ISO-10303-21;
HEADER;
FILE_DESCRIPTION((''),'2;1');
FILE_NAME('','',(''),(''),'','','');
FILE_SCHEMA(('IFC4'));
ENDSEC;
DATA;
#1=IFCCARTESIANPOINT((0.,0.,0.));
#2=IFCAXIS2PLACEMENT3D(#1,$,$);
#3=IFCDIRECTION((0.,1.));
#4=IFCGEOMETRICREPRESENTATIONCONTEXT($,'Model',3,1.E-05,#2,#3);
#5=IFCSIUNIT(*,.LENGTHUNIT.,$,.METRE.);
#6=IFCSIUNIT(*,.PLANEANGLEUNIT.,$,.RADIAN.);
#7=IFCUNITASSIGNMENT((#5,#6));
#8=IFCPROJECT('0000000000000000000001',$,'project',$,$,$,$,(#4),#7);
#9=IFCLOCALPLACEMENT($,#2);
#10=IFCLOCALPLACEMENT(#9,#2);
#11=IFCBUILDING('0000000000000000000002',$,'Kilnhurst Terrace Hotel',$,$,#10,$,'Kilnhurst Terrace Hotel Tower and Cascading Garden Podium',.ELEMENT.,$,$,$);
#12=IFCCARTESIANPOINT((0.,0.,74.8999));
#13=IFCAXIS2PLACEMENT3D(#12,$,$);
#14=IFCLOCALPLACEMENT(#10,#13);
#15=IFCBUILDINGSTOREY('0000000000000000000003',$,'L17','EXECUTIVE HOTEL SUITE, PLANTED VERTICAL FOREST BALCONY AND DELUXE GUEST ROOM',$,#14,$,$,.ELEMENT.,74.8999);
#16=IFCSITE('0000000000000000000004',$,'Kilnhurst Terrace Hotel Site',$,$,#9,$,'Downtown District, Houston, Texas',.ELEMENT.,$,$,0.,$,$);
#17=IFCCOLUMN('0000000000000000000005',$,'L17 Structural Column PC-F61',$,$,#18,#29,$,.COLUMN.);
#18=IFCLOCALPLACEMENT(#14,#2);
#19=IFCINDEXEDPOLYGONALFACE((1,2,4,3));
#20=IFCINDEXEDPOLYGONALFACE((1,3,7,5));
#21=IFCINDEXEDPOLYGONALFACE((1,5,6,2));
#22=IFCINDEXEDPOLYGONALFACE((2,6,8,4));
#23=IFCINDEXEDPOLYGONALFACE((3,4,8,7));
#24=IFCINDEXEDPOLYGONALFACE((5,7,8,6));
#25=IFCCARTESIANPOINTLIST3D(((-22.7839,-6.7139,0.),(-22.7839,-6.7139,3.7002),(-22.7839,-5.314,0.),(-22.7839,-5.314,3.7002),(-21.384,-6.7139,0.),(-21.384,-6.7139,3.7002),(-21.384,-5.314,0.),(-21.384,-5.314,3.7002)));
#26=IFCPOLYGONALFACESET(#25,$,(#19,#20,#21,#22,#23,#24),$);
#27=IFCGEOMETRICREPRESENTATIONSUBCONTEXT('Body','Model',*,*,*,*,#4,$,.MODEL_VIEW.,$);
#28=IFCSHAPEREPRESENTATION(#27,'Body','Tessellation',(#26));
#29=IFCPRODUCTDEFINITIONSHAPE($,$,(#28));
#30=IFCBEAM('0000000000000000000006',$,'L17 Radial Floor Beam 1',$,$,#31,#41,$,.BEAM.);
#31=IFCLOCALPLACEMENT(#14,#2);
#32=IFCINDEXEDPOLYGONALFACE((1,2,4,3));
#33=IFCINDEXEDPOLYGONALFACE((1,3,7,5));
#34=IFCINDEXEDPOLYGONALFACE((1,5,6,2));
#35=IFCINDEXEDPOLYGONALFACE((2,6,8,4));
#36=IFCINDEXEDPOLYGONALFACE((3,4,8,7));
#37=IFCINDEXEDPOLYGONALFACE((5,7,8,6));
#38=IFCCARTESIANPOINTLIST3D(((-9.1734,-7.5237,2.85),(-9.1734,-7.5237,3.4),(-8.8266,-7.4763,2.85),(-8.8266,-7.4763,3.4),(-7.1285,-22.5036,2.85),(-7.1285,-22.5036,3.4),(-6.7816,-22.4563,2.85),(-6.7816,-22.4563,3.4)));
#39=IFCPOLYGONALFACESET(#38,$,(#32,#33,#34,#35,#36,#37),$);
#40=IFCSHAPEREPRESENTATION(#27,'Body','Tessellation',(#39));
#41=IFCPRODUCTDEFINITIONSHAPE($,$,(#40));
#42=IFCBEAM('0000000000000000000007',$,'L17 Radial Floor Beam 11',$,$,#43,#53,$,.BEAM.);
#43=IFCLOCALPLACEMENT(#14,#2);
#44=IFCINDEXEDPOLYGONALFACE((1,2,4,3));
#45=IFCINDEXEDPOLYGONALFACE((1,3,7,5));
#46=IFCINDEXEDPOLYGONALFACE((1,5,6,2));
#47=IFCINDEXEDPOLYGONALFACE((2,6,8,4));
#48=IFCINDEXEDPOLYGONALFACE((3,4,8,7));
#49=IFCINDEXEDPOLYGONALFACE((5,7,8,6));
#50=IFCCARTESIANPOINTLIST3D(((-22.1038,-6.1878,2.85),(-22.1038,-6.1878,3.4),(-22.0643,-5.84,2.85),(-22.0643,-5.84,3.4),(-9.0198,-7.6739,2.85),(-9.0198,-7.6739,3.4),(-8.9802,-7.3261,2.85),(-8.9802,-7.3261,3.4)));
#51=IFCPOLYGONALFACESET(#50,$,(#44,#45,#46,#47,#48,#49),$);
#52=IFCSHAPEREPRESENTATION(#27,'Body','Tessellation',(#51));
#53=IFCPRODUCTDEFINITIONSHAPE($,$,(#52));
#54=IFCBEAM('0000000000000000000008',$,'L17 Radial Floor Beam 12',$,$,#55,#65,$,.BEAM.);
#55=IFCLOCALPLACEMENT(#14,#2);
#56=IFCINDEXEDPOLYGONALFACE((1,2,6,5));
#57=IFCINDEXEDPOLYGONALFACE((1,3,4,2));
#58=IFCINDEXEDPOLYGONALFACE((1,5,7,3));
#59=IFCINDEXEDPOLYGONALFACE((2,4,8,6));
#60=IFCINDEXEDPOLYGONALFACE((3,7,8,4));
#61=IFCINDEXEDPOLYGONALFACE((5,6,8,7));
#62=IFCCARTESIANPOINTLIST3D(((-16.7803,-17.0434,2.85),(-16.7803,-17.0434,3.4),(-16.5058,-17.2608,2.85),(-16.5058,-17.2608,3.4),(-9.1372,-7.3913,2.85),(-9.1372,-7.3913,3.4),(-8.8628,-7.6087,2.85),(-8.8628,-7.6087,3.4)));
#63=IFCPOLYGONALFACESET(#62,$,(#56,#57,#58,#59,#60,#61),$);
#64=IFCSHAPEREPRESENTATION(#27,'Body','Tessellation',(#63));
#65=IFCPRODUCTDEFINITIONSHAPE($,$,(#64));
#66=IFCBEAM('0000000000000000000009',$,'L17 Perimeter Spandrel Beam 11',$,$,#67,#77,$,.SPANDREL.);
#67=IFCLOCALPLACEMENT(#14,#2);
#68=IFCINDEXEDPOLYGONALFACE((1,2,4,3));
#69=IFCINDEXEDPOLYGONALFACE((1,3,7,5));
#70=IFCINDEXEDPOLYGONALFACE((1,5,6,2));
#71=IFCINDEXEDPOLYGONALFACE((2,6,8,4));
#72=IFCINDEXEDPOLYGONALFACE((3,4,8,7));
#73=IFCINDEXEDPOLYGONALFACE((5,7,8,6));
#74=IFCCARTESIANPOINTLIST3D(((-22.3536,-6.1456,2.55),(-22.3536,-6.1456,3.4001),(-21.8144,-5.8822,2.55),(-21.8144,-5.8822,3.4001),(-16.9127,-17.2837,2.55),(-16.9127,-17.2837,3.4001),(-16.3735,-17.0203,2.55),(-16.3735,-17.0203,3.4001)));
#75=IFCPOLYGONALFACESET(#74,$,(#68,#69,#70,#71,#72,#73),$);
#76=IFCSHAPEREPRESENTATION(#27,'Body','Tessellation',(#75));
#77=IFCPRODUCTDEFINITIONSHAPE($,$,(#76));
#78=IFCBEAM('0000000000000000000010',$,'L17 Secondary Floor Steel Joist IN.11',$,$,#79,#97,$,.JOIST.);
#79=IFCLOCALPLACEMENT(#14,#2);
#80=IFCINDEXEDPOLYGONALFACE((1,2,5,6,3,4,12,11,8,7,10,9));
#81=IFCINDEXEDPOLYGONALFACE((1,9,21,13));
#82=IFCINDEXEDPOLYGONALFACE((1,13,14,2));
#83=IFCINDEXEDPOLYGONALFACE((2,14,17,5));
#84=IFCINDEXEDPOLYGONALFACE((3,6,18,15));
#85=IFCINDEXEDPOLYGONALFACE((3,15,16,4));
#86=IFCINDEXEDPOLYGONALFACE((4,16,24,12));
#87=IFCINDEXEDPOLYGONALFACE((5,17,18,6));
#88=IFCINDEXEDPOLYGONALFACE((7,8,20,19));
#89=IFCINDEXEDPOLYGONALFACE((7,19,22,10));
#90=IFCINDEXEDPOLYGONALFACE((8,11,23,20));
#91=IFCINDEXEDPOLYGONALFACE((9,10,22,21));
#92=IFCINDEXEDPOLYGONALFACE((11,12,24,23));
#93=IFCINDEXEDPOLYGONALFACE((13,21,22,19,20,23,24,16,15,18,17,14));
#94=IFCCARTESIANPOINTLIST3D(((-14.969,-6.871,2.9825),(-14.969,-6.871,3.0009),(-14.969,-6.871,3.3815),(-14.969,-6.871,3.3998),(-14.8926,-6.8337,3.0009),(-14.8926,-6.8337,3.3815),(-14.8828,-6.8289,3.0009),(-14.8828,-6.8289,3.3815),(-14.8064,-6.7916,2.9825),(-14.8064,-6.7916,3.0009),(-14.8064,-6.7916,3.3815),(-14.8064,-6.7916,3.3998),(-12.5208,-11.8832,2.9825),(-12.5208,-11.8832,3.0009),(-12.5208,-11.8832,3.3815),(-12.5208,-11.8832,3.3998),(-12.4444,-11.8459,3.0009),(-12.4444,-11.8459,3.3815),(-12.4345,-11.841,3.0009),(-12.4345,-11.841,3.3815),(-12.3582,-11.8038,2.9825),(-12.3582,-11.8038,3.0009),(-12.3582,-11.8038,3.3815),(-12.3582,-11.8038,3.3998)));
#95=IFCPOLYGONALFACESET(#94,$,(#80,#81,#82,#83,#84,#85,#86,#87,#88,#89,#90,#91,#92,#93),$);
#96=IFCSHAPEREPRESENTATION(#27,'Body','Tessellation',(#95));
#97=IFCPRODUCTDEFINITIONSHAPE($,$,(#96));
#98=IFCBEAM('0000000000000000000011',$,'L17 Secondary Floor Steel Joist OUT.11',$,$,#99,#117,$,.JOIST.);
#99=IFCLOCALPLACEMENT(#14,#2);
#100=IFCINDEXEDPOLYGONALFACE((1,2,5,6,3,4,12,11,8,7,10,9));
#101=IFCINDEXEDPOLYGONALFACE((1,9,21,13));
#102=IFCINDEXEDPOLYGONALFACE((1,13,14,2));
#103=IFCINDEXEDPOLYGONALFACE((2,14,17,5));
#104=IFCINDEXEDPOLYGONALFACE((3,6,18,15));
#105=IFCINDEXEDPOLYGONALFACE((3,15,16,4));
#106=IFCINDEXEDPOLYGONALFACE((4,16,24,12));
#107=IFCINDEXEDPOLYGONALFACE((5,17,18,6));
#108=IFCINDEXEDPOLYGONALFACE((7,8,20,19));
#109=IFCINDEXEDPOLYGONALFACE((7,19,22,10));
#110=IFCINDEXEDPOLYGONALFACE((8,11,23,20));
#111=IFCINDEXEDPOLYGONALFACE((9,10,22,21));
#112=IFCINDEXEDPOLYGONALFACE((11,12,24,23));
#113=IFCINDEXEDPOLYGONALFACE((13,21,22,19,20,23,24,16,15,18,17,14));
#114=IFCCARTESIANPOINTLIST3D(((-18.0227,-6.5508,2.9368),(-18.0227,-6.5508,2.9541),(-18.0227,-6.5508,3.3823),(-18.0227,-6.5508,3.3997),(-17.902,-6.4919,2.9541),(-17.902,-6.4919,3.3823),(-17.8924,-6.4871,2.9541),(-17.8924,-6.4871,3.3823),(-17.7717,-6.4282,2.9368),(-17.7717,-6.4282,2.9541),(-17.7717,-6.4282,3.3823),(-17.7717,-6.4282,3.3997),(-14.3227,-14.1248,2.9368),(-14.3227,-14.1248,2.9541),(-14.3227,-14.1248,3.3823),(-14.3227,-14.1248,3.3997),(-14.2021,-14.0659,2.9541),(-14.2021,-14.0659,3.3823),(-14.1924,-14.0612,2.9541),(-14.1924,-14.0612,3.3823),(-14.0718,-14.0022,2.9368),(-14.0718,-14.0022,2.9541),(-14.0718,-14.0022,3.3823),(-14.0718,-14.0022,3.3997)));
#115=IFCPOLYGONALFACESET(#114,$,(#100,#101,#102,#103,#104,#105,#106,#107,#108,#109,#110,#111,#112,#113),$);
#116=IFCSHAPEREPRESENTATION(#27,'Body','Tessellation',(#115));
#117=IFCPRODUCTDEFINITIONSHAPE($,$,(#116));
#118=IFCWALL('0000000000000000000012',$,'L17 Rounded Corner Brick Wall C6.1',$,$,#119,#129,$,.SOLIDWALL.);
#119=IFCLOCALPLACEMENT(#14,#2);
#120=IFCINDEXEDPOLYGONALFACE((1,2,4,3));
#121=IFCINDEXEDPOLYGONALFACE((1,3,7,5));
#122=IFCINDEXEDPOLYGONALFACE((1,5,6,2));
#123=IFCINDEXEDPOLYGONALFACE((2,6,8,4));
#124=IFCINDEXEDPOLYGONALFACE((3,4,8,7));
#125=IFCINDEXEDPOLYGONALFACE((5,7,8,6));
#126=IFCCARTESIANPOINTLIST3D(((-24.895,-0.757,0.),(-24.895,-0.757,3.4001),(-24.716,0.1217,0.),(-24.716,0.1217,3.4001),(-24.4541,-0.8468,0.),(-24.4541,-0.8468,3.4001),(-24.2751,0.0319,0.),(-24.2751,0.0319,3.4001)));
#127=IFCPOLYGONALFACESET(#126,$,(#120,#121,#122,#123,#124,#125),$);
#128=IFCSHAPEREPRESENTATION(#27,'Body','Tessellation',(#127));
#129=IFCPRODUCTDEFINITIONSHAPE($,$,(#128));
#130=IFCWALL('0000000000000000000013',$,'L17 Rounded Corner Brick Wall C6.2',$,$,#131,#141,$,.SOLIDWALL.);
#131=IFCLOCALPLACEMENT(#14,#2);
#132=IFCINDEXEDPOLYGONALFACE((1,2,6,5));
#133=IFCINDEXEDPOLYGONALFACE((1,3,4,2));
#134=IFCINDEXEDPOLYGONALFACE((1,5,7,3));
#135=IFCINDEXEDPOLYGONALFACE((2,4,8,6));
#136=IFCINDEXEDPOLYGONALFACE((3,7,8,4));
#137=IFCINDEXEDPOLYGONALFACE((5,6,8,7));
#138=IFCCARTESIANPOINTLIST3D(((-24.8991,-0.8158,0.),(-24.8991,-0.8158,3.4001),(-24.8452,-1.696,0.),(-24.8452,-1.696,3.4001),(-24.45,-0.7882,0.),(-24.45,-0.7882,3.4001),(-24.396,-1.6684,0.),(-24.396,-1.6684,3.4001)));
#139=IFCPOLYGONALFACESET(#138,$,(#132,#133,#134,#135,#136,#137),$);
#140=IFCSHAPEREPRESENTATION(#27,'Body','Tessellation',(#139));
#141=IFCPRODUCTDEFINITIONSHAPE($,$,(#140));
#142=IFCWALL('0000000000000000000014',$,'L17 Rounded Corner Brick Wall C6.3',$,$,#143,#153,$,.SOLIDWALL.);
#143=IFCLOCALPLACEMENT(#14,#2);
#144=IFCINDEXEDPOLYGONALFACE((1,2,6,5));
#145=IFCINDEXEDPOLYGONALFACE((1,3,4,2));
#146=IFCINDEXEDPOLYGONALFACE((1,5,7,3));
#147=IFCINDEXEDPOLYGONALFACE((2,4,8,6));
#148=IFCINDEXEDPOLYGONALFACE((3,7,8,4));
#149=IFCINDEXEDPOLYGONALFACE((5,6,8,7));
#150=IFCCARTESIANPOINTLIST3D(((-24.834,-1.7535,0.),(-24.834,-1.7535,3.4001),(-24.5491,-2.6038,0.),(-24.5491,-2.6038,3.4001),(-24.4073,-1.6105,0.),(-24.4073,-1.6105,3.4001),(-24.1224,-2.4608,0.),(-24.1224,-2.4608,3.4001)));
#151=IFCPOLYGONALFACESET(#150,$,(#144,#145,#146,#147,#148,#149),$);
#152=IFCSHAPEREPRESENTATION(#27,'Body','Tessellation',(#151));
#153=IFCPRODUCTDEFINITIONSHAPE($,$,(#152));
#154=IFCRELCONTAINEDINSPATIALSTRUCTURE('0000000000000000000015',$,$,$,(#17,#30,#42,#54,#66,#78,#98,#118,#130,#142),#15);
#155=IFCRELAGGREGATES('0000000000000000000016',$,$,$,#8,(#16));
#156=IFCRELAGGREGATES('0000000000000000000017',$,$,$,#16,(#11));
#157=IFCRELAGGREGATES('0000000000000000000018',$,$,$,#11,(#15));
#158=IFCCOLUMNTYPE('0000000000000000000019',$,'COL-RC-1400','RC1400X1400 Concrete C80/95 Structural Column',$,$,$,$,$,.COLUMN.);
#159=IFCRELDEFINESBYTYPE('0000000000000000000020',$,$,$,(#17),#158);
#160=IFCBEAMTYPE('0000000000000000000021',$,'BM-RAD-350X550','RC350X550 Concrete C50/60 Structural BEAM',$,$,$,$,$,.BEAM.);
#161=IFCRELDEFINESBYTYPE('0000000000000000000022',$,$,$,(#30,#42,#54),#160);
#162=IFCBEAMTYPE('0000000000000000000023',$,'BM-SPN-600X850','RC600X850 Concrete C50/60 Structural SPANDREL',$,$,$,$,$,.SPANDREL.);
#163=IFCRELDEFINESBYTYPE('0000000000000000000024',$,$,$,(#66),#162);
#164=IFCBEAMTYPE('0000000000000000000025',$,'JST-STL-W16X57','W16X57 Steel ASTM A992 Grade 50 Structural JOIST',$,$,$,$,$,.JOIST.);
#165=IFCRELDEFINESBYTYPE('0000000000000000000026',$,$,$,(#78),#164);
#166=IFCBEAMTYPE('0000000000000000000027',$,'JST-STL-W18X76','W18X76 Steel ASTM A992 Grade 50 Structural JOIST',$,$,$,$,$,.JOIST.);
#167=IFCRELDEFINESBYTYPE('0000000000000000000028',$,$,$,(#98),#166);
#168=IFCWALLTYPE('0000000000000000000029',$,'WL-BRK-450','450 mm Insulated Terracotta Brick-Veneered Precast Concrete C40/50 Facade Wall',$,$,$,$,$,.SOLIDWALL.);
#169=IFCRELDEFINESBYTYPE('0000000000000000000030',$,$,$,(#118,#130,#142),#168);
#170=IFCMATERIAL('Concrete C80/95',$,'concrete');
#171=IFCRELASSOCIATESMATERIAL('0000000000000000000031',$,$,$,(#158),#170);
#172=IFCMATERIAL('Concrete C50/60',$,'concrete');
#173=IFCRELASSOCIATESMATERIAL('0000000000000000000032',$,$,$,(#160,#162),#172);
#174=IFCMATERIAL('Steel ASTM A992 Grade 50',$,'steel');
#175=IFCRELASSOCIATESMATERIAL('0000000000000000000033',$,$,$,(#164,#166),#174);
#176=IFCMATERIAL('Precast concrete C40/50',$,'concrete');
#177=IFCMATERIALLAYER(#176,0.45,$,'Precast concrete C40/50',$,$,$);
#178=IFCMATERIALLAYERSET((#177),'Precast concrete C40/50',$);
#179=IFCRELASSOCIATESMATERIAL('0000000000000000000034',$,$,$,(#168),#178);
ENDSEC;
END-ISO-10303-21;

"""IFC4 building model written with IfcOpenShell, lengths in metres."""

from ifc_helpers import new_model, si_unit, direction, frame, frame_2d, origin, origin_2d, place, context, subcontext, project, spatial, rectangle, i_section, extrude, material, layer, layer_set, material_profile, profile_set, type_object, element, save


model = new_model("IFC4")

# Units and contexts
model_context = context("Model", 3, precision=1e-05, world=origin(), true_north=direction((0.0, 1.0)))
body_context = subcontext(model_context, "Body", "Model", "MODEL_VIEW")
ifc_project = project(units=[si_unit("LENGTHUNIT", "METRE"), si_unit("PLANEANGLEUNIT", "RADIAN")], contexts=[model_context])

# Site, building, storey
site_placement = place(None, origin())
site = spatial("IfcSite", under=ifc_project, at=site_placement, Name="Kilnhurst Terrace Hotel Site", LongName="Downtown District, Houston, Texas", CompositionType="ELEMENT", RefElevation=0.0)
building_placement = place(site_placement, origin())
building = spatial("IfcBuilding", under=site, at=building_placement, Name="Kilnhurst Terrace Hotel", LongName="Kilnhurst Terrace Hotel Tower and Cascading Garden Podium", CompositionType="ELEMENT")
storey_placement = place(building_placement, frame((0.0, 0.0, 74.8999)))
storey = spatial("IfcBuildingStorey", under=building, at=storey_placement, Name="L17", Description="EXECUTIVE HOTEL SUITE, PLANTED VERTICAL FOREST BALCONY AND DELUXE GUEST ROOM", CompositionType="ELEMENT", Elevation=74.8999)

# Column
ifc_material_1 = material(Name="Concrete C80/95", Category="concrete")
ifc_material_profile_1 = material_profile(ifc_material_1, rectangle(XDim=1.3999, YDim=1.3999, at=origin_2d()), Name="RC1400X1400")
ifc_profile_set_1 = profile_set([ifc_material_profile_1], Name="Concrete C80/95")
column_type = type_object("IfcColumnType", Name="COL-RC-1400", Description="RC1400X1400 Concrete C80/95 Structural Column", PredefinedType="COLUMN", material=ifc_profile_set_1)
column_placement = place(storey_placement, frame((-22.084, -6.0139, 0.0), z_axis=(0.0, 0.0, 1.0), x_axis=(1.0, 0.0, 0.0)))
element("IfcColumn", 1, at=column_placement, inside=storey, type_object=column_type, Name="L17 Structural Column PC-F61", PredefinedType="COLUMN", context=body_context, shape_type="SweptSolid", body=[
    extrude(rectangle(XDim=1.3999, YDim=1.3999, at=origin_2d()), origin(), (0.0, 0.0, 1.0), 3.7002),
])

# Beams
ifc_material_2 = material(Name="Concrete C50/60", Category="concrete")
ifc_material_profile_2 = material_profile(ifc_material_2, rectangle(XDim=0.3501, YDim=0.55, at=origin_2d()), Name="RC350X550")
ifc_profile_set_2 = profile_set([ifc_material_profile_2], Name="Concrete C50/60")
beam_type_1 = type_object("IfcBeamType", Name="BM-RAD-350X550", Description="RC350X550 Concrete C50/60 Structural BEAM", PredefinedType="BEAM", material=ifc_profile_set_2)
beam_1_placement = place(storey_placement, frame((-9.0, -7.5, 3.125), z_axis=(0.135256, -0.990811, 0.0), x_axis=(0.990811, 0.135256, 0.0)))
element("IfcBeam", 2, at=beam_1_placement, inside=storey, type_object=beam_type_1, Name="L17 Radial Floor Beam 1", PredefinedType="BEAM", context=body_context, shape_type="SweptSolid", body=[
    extrude(rectangle(XDim=0.3501, YDim=0.55, at=origin_2d()), origin(), (0.0, 0.0, 1.0), 15.1189),
])
beam_2_placement = place(storey_placement, frame((-9.0, -7.5, 3.125), z_axis=(-0.993611, 0.112855, 0.0), x_axis=(-0.112855, -0.993611, 0.0)))
element("IfcBeam", 3, at=beam_2_placement, inside=storey, type_object=beam_type_1, Name="L17 Radial Floor Beam 11", PredefinedType="BEAM", context=body_context, shape_type="SweptSolid", body=[
    extrude(rectangle(XDim=0.3501, YDim=0.55, at=origin_2d()), origin(), (0.0, 0.0, 1.0), 13.1682),
])
beam_3_placement = place(storey_placement, frame((-9.0, -7.5, 3.125), z_axis=(-0.620794, -0.783974, 0.0), x_axis=(0.783974, -0.620794, 0.0)))
element("IfcBeam", 4, at=beam_3_placement, inside=storey, type_object=beam_type_1, Name="L17 Radial Floor Beam 12", PredefinedType="BEAM", context=body_context, shape_type="SweptSolid", body=[
    extrude(rectangle(XDim=0.3501, YDim=0.55, at=origin_2d()), origin(), (0.0, 0.0, 1.0), 12.3118),
])
ifc_material_profile_3 = material_profile(ifc_material_2, rectangle(XDim=0.6001, YDim=0.8501, at=origin_2d()), Name="RC600X850")
ifc_profile_set_3 = profile_set([ifc_material_profile_3], Name="Concrete C50/60")
beam_type_2 = type_object("IfcBeamType", Name="BM-SPN-600X850", Description="RC600X850 Concrete C50/60 Structural SPANDREL", PredefinedType="SPANDREL", material=ifc_profile_set_3)
beam_4_placement = place(storey_placement, frame((-22.084, -6.0139, 2.9751), z_axis=(0.438923, -0.898525, 0.0), x_axis=(0.898525, 0.438923, 0.0)))
element("IfcBeam", 5, at=beam_4_placement, inside=storey, type_object=beam_type_2, Name="L17 Perimeter Spandrel Beam 11", PredefinedType="SPANDREL", context=body_context, shape_type="SweptSolid", body=[
    extrude(rectangle(XDim=0.6001, YDim=0.8501, at=origin_2d()), origin(), (0.0, 0.0, 1.0), 12.396),
])
ifc_material_3 = material(Name="Steel ASTM A992 Grade 50", Category="steel")
ifc_material_profile_4 = material_profile(ifc_material_3, i_section(OverallWidth=0.1809, OverallDepth=0.4172, WebThickness=0.011, FlangeThickness=0.0183, at=origin_2d()), Name="W16X57")
ifc_profile_set_4 = profile_set([ifc_material_profile_4], Name="Steel ASTM A992 Grade 50")
beam_type_3 = type_object("IfcBeamType", Name="JST-STL-W16X57", Description="W16X57 Steel ASTM A992 Grade 50 Structural JOIST", PredefinedType="JOIST", material=ifc_profile_set_4)
beam_5_placement = place(storey_placement, frame((-14.8877, -6.8313, 3.1912), z_axis=(0.438896, -0.898538, 0.0), x_axis=(0.898538, 0.438896, 0.0)))
element("IfcBeam", 6, at=beam_5_placement, inside=storey, type_object=beam_type_3, Name="L17 Secondary Floor Steel Joist IN.11", PredefinedType="JOIST", context=body_context, shape_type="SweptSolid", body=[
    extrude(i_section(OverallWidth=0.1809, OverallDepth=0.4172, WebThickness=0.011, FlangeThickness=0.0183, at=origin_2d()), origin(), (0.0, 0.0, 1.0), 5.5781),
])
ifc_material_profile_5 = material_profile(ifc_material_3, i_section(OverallWidth=0.2793, OverallDepth=0.4629, WebThickness=0.0107, FlangeThickness=0.0173, at=origin_2d()), Name="W18X76")
ifc_profile_set_5 = profile_set([ifc_material_profile_5], Name="Steel ASTM A992 Grade 50")
beam_type_4 = type_object("IfcBeamType", Name="JST-STL-W18X76", Description="W18X76 Steel ASTM A992 Grade 50 Structural JOIST", PredefinedType="JOIST", material=ifc_profile_set_5)
beam_6_placement = place(storey_placement, frame((-17.8972, -6.4895, 3.1682), z_axis=(0.438934, -0.898519, 0.0), x_axis=(0.898519, 0.438934, 0.0)))
element("IfcBeam", 7, at=beam_6_placement, inside=storey, type_object=beam_type_4, Name="L17 Secondary Floor Steel Joist OUT.11", PredefinedType="JOIST", context=body_context, shape_type="SweptSolid", body=[
    extrude(i_section(OverallWidth=0.2793, OverallDepth=0.4629, WebThickness=0.0107, FlangeThickness=0.0173, at=origin_2d()), origin(), (0.0, 0.0, 1.0), 8.4294),
])

# Walls
ifc_material_4 = material(Name="Precast concrete C40/50", Category="concrete")
ifc_layer_1 = layer(ifc_material_4, 0.45, Name="Precast concrete C40/50")
ifc_layer_set_1 = layer_set([ifc_layer_1], Name="Precast concrete C40/50")
wall_type_1 = type_object("IfcWallType", Name="WL-BRK-450", Description="450 mm Insulated Terracotta Brick-Veneered Precast Concrete C40/50 Facade Wall", PredefinedType="SOLIDWALL", material=ifc_layer_set_1)
wall_1_placement = place(storey_placement, frame((-24.4956, 0.0767, 0.0), z_axis=(0.0, 0.0, 1.0), x_axis=(-0.199571, -0.979883, 0.0)))
element("IfcWall", 8, at=wall_1_placement, inside=storey, type_object=wall_type_1, Name="L17 Rounded Corner Brick Wall C6.1", PredefinedType="SOLIDWALL", context=body_context, shape_type="SweptSolid", body=[
    extrude(rectangle(XDim=0.8967, YDim=0.45, at=frame_2d((0.4482, 0.0))), origin(), (0.0, 0.0, 1.0), 3.4001),
])
wall_2_placement = place(storey_placement, frame((-24.6746, -0.802, 0.0), z_axis=(0.0, 0.0, 1.0), x_axis=(0.061189, -0.998126, 0.0)))
element("IfcWall", 9, at=wall_2_placement, inside=storey, type_object=wall_type_1, Name="L17 Rounded Corner Brick Wall C6.2", PredefinedType="SOLIDWALL", context=body_context, shape_type="SweptSolid", body=[
    extrude(rectangle(XDim=0.8818, YDim=0.45, at=frame_2d((0.4409, 0.0))), origin(), (0.0, 0.0, 1.0), 3.4001),
])
wall_3_placement = place(storey_placement, frame((-24.6206, -1.6821, 0.0), z_axis=(0.0, 0.0, 1.0), x_axis=(0.317697, -0.948192, 0.0)))
element("IfcWall", 10, at=wall_3_placement, inside=storey, type_object=wall_type_1, Name="L17 Rounded Corner Brick Wall C6.3", PredefinedType="SOLIDWALL", context=body_context, shape_type="SweptSolid", body=[
    extrude(rectangle(XDim=0.8967, YDim=0.45, at=frame_2d((0.4482, 0.0))), origin(), (0.0, 0.0, 1.0), 3.4001),
])

save(model, "model.ifc")
